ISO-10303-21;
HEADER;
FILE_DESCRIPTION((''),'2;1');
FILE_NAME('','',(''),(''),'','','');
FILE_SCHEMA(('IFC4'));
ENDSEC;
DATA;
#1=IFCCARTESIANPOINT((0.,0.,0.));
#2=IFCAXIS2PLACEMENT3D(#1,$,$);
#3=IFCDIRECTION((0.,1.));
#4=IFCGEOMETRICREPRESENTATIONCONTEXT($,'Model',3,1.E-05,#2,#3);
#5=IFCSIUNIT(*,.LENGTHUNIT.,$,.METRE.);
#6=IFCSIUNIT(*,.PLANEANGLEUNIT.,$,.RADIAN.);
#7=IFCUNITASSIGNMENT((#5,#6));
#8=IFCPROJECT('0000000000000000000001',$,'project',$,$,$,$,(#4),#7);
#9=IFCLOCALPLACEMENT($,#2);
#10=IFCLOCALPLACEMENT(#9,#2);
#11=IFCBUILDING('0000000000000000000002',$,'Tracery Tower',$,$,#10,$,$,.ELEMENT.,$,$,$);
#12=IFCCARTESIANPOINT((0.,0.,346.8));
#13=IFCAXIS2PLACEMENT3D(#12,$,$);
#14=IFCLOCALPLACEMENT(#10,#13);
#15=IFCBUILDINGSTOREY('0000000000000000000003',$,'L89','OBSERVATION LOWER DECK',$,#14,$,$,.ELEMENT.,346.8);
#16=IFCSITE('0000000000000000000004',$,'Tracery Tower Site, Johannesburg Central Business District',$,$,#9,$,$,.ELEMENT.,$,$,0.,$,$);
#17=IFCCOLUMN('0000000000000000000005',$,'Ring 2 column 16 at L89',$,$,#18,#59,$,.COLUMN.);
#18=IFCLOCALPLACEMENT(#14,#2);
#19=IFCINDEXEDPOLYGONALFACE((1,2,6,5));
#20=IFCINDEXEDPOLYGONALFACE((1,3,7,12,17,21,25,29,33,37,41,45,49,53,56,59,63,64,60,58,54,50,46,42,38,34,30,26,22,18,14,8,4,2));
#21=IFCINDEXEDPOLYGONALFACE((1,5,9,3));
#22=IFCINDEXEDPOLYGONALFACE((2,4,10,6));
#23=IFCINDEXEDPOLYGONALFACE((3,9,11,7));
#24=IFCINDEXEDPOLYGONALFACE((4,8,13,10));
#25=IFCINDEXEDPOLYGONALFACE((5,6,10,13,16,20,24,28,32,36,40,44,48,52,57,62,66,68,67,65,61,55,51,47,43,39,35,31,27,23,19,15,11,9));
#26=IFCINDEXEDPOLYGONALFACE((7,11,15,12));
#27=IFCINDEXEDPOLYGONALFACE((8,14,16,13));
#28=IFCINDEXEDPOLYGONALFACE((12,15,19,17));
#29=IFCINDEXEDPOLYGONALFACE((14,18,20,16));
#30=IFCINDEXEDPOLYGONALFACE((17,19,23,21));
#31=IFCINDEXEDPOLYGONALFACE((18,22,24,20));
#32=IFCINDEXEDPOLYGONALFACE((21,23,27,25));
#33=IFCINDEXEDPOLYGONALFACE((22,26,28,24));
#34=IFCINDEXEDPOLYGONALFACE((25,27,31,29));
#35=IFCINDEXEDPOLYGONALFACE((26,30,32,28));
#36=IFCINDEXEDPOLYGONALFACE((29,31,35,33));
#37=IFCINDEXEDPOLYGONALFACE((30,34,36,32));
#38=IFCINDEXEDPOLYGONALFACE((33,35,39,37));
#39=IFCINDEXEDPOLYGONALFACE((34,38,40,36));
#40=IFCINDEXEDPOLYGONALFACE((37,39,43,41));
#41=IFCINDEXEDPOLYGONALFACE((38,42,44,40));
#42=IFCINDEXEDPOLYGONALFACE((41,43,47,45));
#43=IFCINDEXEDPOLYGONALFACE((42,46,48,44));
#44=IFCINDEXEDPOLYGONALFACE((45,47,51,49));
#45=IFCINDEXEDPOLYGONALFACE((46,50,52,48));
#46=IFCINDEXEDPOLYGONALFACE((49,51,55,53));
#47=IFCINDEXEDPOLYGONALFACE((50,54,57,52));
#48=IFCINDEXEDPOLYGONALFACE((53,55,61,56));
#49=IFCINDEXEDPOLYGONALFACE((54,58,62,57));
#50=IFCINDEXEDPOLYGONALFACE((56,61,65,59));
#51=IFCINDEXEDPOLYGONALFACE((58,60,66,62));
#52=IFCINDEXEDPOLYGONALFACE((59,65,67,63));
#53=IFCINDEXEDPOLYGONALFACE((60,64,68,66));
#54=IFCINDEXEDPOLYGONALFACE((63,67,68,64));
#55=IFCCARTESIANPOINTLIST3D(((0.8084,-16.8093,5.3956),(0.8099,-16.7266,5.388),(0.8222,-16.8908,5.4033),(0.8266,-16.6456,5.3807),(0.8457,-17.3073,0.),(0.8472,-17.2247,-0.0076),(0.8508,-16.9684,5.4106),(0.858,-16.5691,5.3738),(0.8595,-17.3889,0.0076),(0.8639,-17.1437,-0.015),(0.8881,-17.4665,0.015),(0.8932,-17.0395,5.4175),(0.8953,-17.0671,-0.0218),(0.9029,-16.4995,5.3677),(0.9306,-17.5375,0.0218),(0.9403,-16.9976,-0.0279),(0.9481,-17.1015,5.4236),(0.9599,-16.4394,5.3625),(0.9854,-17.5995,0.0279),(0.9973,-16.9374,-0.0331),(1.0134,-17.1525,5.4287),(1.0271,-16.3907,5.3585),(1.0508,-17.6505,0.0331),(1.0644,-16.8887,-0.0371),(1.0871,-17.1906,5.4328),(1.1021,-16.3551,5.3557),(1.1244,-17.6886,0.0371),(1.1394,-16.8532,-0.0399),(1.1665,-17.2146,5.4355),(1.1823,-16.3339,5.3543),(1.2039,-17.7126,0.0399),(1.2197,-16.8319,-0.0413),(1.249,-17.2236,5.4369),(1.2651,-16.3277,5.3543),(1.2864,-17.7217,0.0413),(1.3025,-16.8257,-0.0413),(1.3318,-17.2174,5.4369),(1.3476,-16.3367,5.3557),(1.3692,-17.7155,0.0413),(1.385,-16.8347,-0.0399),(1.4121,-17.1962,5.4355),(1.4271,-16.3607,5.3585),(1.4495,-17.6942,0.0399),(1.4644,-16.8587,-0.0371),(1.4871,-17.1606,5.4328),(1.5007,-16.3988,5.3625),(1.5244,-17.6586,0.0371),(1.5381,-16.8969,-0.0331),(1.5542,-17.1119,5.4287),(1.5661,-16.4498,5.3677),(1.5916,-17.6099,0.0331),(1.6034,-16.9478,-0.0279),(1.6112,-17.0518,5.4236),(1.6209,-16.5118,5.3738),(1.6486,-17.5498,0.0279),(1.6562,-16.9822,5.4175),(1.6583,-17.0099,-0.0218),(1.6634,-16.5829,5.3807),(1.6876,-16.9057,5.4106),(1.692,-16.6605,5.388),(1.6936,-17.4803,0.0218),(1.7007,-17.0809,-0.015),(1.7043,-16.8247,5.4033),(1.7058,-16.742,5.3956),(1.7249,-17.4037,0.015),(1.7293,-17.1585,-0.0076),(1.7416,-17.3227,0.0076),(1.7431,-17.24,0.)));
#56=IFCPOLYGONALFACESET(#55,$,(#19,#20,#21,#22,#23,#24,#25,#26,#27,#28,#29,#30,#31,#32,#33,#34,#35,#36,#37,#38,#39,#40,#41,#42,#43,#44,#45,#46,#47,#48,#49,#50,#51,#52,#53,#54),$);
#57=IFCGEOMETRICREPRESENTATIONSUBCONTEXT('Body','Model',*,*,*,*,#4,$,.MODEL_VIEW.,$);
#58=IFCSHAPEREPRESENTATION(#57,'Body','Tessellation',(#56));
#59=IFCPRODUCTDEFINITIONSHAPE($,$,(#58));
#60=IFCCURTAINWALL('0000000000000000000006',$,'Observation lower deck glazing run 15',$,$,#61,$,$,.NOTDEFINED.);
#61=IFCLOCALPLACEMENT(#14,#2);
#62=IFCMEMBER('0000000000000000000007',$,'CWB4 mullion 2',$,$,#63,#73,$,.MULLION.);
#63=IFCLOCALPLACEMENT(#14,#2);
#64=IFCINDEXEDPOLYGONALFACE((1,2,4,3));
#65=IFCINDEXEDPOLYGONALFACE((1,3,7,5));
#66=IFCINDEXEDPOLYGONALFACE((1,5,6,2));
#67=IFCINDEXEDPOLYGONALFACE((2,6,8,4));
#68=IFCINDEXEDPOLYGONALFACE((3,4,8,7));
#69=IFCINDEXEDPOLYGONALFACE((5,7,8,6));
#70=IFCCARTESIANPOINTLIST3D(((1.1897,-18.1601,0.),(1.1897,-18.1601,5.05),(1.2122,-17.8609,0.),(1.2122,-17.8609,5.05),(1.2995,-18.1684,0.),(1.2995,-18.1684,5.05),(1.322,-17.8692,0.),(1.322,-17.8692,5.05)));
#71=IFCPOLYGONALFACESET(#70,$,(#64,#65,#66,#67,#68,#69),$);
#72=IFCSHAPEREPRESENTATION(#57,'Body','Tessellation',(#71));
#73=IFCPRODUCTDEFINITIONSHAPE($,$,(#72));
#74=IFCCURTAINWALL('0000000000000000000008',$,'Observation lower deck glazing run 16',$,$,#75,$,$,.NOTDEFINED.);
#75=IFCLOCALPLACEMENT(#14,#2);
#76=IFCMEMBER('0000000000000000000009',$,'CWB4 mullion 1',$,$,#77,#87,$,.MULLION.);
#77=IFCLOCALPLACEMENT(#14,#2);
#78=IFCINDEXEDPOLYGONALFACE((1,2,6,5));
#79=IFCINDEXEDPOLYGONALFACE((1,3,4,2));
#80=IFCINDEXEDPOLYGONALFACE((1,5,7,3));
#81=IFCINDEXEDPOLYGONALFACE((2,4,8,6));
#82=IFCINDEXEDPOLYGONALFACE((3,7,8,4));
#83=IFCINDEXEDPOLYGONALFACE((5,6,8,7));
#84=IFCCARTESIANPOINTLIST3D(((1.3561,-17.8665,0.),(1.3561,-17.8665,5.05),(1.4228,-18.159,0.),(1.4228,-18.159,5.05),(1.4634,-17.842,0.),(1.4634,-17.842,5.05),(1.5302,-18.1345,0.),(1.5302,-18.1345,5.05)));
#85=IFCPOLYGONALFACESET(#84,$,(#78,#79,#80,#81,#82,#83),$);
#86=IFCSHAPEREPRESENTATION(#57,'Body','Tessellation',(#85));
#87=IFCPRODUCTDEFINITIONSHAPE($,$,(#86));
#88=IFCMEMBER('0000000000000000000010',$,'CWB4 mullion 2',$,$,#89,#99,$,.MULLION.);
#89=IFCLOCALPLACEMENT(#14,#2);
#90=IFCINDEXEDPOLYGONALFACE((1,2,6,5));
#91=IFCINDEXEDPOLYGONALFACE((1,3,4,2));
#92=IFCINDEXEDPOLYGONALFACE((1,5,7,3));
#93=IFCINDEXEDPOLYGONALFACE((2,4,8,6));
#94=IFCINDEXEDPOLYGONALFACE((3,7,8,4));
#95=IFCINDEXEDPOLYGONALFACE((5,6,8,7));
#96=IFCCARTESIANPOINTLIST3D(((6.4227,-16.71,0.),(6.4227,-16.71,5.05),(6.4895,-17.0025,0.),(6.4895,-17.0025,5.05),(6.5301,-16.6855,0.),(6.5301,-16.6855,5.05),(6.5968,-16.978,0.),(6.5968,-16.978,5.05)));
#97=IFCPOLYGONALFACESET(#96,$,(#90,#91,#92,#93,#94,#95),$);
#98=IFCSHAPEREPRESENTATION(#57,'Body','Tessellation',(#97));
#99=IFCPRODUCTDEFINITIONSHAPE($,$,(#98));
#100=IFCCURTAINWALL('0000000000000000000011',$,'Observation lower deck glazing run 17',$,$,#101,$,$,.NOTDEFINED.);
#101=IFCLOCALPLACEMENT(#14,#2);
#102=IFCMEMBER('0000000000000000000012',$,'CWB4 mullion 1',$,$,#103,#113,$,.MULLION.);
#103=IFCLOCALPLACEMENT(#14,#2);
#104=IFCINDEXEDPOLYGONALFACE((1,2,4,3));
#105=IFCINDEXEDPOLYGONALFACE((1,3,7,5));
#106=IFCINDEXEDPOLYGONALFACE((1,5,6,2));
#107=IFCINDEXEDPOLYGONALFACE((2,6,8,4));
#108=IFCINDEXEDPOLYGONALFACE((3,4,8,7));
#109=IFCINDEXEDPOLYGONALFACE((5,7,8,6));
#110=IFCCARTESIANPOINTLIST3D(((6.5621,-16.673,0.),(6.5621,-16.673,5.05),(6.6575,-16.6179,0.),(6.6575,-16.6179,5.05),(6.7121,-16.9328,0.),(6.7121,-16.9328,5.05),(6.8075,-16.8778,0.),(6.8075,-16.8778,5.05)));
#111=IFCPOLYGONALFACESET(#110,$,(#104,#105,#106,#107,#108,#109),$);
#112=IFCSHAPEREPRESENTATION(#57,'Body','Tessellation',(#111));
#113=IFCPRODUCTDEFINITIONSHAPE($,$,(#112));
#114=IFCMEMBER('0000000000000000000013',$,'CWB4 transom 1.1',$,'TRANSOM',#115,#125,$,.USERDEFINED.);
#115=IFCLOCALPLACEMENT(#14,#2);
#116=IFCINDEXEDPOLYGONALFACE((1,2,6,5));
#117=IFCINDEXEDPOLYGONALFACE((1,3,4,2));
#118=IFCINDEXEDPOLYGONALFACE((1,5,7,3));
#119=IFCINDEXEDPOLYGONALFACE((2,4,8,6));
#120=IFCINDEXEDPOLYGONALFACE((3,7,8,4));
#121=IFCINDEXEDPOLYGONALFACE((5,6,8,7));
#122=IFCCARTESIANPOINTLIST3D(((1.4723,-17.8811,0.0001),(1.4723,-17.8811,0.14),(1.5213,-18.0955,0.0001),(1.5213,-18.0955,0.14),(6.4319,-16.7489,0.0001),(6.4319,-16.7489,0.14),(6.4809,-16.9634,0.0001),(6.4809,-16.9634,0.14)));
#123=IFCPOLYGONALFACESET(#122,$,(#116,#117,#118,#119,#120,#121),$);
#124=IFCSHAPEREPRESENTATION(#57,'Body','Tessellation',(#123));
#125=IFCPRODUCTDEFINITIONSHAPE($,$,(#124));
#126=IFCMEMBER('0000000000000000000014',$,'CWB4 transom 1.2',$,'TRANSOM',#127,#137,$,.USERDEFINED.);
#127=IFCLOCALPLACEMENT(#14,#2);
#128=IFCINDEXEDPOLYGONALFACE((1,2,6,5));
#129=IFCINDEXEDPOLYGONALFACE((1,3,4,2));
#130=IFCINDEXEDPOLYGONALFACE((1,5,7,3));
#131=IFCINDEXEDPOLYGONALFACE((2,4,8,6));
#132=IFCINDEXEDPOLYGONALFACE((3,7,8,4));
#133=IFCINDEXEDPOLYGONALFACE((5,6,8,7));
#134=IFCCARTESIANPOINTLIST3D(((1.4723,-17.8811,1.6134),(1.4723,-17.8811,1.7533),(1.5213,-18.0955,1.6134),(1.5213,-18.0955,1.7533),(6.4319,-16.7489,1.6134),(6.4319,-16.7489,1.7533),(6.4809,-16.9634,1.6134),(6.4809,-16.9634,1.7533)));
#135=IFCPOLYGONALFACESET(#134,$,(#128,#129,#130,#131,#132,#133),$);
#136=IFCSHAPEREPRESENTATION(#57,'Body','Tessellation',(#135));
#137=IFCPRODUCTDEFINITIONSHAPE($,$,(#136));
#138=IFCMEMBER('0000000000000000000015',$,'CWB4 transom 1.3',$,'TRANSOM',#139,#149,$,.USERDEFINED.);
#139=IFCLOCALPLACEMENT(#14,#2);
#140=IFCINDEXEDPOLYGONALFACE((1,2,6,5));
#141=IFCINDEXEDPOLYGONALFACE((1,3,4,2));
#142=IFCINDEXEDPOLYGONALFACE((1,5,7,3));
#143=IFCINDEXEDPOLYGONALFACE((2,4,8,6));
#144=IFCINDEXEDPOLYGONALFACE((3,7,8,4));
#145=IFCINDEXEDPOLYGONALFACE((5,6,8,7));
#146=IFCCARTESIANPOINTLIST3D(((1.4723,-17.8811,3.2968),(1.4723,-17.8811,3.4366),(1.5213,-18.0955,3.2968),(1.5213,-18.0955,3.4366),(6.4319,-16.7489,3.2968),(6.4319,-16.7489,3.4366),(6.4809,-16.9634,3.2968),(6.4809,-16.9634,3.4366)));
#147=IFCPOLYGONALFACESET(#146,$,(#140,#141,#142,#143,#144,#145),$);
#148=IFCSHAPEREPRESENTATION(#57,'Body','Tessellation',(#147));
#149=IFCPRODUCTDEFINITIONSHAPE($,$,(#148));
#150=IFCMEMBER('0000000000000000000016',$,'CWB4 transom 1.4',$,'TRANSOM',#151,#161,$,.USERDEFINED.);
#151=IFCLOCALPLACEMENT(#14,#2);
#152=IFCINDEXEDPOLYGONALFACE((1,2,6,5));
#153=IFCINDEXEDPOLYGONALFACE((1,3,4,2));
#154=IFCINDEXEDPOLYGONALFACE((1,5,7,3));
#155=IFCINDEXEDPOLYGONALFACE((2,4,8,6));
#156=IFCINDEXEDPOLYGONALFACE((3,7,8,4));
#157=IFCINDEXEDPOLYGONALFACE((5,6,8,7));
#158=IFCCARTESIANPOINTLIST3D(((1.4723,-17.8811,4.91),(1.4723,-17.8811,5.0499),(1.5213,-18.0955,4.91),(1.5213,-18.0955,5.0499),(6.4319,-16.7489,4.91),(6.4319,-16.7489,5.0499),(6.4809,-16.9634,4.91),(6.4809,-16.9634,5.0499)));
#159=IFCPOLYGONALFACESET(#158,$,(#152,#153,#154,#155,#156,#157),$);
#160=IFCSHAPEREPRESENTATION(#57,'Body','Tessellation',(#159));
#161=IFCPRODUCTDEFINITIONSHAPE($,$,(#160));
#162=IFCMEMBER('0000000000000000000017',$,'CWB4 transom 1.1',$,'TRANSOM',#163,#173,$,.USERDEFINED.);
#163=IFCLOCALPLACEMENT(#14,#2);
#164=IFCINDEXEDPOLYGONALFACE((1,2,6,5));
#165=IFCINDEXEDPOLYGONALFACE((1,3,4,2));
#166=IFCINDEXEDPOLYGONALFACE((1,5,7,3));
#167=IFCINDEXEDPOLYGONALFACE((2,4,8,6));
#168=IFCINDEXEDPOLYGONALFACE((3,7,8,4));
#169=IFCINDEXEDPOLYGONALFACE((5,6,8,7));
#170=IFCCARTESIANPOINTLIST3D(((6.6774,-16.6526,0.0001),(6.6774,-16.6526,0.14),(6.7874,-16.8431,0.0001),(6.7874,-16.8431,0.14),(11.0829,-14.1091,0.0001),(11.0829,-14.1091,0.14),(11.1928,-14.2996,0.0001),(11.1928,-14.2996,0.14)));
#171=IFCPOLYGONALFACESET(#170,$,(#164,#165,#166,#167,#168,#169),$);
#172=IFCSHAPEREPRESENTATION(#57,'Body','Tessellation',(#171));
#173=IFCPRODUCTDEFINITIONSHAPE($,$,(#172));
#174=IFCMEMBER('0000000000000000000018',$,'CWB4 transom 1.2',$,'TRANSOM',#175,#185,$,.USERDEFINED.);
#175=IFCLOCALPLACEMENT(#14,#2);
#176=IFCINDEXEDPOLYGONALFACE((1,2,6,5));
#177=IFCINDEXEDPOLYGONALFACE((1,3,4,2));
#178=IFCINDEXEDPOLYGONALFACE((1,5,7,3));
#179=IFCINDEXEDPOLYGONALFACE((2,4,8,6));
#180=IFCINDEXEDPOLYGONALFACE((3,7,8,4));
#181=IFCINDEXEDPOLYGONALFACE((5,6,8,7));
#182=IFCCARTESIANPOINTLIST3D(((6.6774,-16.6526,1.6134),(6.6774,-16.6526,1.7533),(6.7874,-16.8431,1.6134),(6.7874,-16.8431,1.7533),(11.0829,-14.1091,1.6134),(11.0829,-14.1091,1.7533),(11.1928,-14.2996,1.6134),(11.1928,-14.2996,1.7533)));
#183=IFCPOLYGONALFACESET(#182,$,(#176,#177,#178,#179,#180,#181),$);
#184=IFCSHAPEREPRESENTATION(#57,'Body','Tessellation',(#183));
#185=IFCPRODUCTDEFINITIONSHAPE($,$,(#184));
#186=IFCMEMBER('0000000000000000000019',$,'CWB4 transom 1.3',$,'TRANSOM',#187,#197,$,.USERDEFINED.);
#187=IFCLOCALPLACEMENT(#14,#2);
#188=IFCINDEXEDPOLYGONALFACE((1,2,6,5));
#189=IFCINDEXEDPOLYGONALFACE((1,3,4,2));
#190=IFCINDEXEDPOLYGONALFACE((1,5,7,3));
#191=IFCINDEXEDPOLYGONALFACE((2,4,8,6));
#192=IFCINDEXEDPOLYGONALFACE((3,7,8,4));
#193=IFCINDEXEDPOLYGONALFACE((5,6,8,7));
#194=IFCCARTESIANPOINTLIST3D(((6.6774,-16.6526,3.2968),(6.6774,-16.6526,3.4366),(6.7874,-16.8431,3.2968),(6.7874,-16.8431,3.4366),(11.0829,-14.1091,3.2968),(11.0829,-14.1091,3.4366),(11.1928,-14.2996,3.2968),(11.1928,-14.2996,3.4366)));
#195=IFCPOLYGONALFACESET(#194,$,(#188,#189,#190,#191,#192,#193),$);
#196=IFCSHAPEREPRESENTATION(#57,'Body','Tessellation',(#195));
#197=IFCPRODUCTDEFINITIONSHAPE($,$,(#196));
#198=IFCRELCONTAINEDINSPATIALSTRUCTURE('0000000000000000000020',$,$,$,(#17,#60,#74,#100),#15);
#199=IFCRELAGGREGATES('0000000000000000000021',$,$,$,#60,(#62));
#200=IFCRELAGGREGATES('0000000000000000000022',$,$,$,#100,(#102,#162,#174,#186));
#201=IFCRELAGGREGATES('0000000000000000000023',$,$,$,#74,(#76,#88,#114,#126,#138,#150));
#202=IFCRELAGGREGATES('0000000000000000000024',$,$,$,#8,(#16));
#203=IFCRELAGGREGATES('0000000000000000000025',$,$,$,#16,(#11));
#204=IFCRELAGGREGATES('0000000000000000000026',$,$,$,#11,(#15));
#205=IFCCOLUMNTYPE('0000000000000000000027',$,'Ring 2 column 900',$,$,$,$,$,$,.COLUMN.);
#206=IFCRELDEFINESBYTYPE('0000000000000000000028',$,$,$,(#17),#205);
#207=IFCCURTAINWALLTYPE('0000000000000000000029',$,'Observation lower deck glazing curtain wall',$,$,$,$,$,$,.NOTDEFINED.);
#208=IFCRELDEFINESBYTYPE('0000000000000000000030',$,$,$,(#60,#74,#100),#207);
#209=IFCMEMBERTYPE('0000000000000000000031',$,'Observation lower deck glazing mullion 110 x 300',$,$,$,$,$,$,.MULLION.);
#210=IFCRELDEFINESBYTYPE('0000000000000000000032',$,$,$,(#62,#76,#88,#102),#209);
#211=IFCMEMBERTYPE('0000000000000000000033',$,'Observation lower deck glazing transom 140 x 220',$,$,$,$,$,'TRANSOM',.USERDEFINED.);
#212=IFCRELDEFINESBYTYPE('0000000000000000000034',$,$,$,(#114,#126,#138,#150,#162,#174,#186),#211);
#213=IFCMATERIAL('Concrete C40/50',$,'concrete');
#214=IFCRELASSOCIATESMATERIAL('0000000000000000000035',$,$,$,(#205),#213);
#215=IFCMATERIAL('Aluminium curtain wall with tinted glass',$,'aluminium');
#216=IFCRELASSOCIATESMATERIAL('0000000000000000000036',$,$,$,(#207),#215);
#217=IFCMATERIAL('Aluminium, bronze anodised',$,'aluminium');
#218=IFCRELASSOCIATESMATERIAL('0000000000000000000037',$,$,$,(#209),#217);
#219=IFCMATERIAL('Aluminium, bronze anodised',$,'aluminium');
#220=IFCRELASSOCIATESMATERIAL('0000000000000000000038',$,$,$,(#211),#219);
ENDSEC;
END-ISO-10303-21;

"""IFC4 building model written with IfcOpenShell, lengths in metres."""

from ifc_helpers import new_model, si_unit, direction, frame, origin, origin_2d, place, context, subcontext, project, spatial, rectangle, circle, extrude, material, material_profile, profile_set, type_object, element, aggregate, save


model = new_model("IFC4")

# Units and contexts
model_context = context("Model", 3, precision=1e-05, world=origin(), true_north=direction((0.0, 1.0)))
body_context = subcontext(model_context, "Body", "Model", "MODEL_VIEW")
ifc_project = project(units=[si_unit("LENGTHUNIT", "METRE"), si_unit("PLANEANGLEUNIT", "RADIAN")], contexts=[model_context])

# Site, building, storey
site_placement = place(None, origin())
site = spatial("IfcSite", under=ifc_project, at=site_placement, Name="Tracery Tower Site, Johannesburg Central Business District", CompositionType="ELEMENT", RefElevation=0.0)
building_placement = place(site_placement, origin())
building = spatial("IfcBuilding", under=site, at=building_placement, Name="Tracery Tower", CompositionType="ELEMENT")
storey_placement = place(building_placement, frame((0.0, 0.0, 346.8)))
storey = spatial("IfcBuildingStorey", under=building, at=storey_placement, Name="L89", Description="OBSERVATION LOWER DECK", CompositionType="ELEMENT", Elevation=346.8)

# Column
ifc_material_1 = material(Name="Concrete C40/50", Category="concrete")
ifc_material_profile_1 = material_profile(ifc_material_1, circle(Radius=0.45, at=origin_2d()), Name="RC D900")
ifc_profile_set_1 = profile_set([ifc_material_profile_1], Name="Concrete C40/50")
column_type = type_object("IfcColumnType", Name="Ring 2 column 900", PredefinedType="COLUMN", material=ifc_profile_set_1)
column_placement = place(storey_placement, frame((1.2944, -17.2737, 0.0), z_axis=(-0.006893, 0.091911, 0.995743), x_axis=(-0.997199, -0.07479, 0.0)))
element("IfcColumn", 1, at=column_placement, inside=storey, type_object=column_type, Name="Ring 2 column 16 at L89", PredefinedType="COLUMN", context=body_context, shape_type="SweptSolid", body=[
    extrude(circle(Radius=0.45, at=origin_2d()), origin(), (0.0, 0.0, 1.0), 5.4187),
])

# Curtain wall, member
ifc_material_2 = material(Name="Aluminium curtain wall with tinted glass", Category="aluminium")
curtain_wall_type = type_object("IfcCurtainWallType", Name="Observation lower deck glazing curtain wall", PredefinedType="NOTDEFINED", material=ifc_material_2)
curtain_wall_1_placement = place(storey_placement, origin())
curtain_wall_1 = element("IfcCurtainWall", 2, at=curtain_wall_1_placement, inside=storey, type_object=curtain_wall_type, Name="Observation lower deck glazing run 15", PredefinedType="NOTDEFINED")
ifc_material_3 = material(Name="Aluminium, bronze anodised", Category="aluminium")
ifc_material_profile_2 = material_profile(ifc_material_3, rectangle(XDim=0.3, YDim=0.1101, at=origin_2d()), Name="Observation lower deck glazing mullion 110 x 300")
ifc_profile_set_2 = profile_set([ifc_material_profile_2], Name="Aluminium, bronze anodised")
member_type_1 = type_object("IfcMemberType", Name="Observation lower deck glazing mullion 110 x 300", PredefinedType="MULLION", material=ifc_profile_set_2)
member_1_placement = place(storey_placement, frame((1.2559, -18.0146, 0.0), z_axis=(0.0, 0.0, 1.0), x_axis=(0.074731, 0.997204, 0.0)))
member_1 = element("IfcMember", 3, at=member_1_placement, type_object=member_type_1, Name="CWB4 mullion 2", PredefinedType="MULLION", context=body_context, shape_type="SweptSolid", body=[
    extrude(rectangle(XDim=0.3, YDim=0.1101, at=origin_2d()), origin(), (0.0, 0.0, 1.0), 5.05),
])
aggregate(curtain_wall_1, [member_1])

# Curtain wall, members
curtain_wall_2_placement = place(storey_placement, origin())
curtain_wall_2 = element("IfcCurtainWall", 4, at=curtain_wall_2_placement, inside=storey, type_object=curtain_wall_type, Name="Observation lower deck glazing run 16", PredefinedType="NOTDEFINED")
member_2_placement = place(storey_placement, frame((1.4431, -18.0005, 0.0), z_axis=(0.0, 0.0, 1.0), x_axis=(-0.222533, 0.974925, 0.0)))
member_2 = element("IfcMember", 5, at=member_2_placement, type_object=member_type_1, Name="CWB4 mullion 1", PredefinedType="MULLION", context=body_context, shape_type="SweptSolid", body=[
    extrude(rectangle(XDim=0.3, YDim=0.1101, at=origin_2d()), origin(), (0.0, 0.0, 1.0), 5.05),
])
member_3_placement = place(storey_placement, frame((6.5098, -16.844, 0.0), z_axis=(0.0, 0.0, 1.0), x_axis=(-0.222533, 0.974925, 0.0)))
member_3 = element("IfcMember", 6, at=member_3_placement, type_object=member_type_1, Name="CWB4 mullion 2", PredefinedType="MULLION", context=body_context, shape_type="SweptSolid", body=[
    extrude(rectangle(XDim=0.3, YDim=0.1101, at=origin_2d()), origin(), (0.0, 0.0, 1.0), 5.05),
])

# Curtain wall, member
curtain_wall_3_placement = place(storey_placement, origin())
curtain_wall_3 = element("IfcCurtainWall", 7, at=curtain_wall_3_placement, inside=storey, type_object=curtain_wall_type, Name="Observation lower deck glazing run 17", PredefinedType="NOTDEFINED")
member_4_placement = place(storey_placement, frame((6.6848, -16.7754, 0.0), z_axis=(0.0, 0.0, 1.0), x_axis=(-0.5, 0.866026, 0.0)))
member_4 = element("IfcMember", 8, at=member_4_placement, type_object=member_type_1, Name="CWB4 mullion 1", PredefinedType="MULLION", context=body_context, shape_type="SweptSolid", body=[
    extrude(rectangle(XDim=0.3, YDim=0.1101, at=origin_2d()), origin(), (0.0, 0.0, 1.0), 5.05),
])

# Members
ifc_material_4 = material(Name="Aluminium, bronze anodised", Category="aluminium")
ifc_material_profile_3 = material_profile(ifc_material_4, rectangle(XDim=0.22, YDim=0.1399, at=origin_2d()), Name="Observation lower deck glazing transom 140 x 220")
ifc_profile_set_3 = profile_set([ifc_material_profile_3], Name="Aluminium, bronze anodised")
member_type_2 = type_object("IfcMemberType", Name="Observation lower deck glazing transom 140 x 220", ElementType="TRANSOM", PredefinedType="USERDEFINED", material=ifc_profile_set_3)
member_5_placement = place(storey_placement, frame((1.4968, -17.9883, 0.0701), z_axis=(0.974923, 0.222542, 0.0), x_axis=(-0.222542, 0.974923, 0.0)))
member_5 = element("IfcMember", 9, at=member_5_placement, type_object=member_type_2, Name="CWB4 transom 1.1", ObjectType="TRANSOM", PredefinedType="USERDEFINED", context=body_context, shape_type="SweptSolid", body=[
    extrude(rectangle(XDim=0.22, YDim=0.1399, at=origin_2d()), origin(), (0.0, 0.0, 1.0), 5.0872),
])
member_6_placement = place(storey_placement, frame((1.4968, -17.9883, 1.6833), z_axis=(0.974923, 0.222542, 0.0), x_axis=(-0.222542, 0.974923, 0.0)))
member_6 = element("IfcMember", 10, at=member_6_placement, type_object=member_type_2, Name="CWB4 transom 1.2", ObjectType="TRANSOM", PredefinedType="USERDEFINED", context=body_context, shape_type="SweptSolid", body=[
    extrude(rectangle(XDim=0.22, YDim=0.1399, at=origin_2d()), origin(), (0.0, 0.0, 1.0), 5.0872),
])
member_7_placement = place(storey_placement, frame((1.4968, -17.9883, 3.3667), z_axis=(0.974923, 0.222542, 0.0), x_axis=(-0.222542, 0.974923, 0.0)))
member_7 = element("IfcMember", 11, at=member_7_placement, type_object=member_type_2, Name="CWB4 transom 1.3", ObjectType="TRANSOM", PredefinedType="USERDEFINED", context=body_context, shape_type="SweptSolid", body=[
    extrude(rectangle(XDim=0.22, YDim=0.1399, at=origin_2d()), origin(), (0.0, 0.0, 1.0), 5.0872),
])
member_8_placement = place(storey_placement, frame((1.4968, -17.9883, 4.98), z_axis=(0.974923, 0.222542, 0.0), x_axis=(-0.222542, 0.974923, 0.0)))
member_8 = element("IfcMember", 12, at=member_8_placement, type_object=member_type_2, Name="CWB4 transom 1.4", ObjectType="TRANSOM", PredefinedType="USERDEFINED", context=body_context, shape_type="SweptSolid", body=[
    extrude(rectangle(XDim=0.22, YDim=0.1399, at=origin_2d()), origin(), (0.0, 0.0, 1.0), 5.0872),
])
member_9_placement = place(storey_placement, frame((6.7324, -16.7478, 0.0701), z_axis=(0.866031, 0.49999, 0.0), x_axis=(-0.49999, 0.866031, 0.0)))
member_9 = element("IfcMember", 13, at=member_9_placement, type_object=member_type_2, Name="CWB4 transom 1.1", ObjectType="TRANSOM", PredefinedType="USERDEFINED", context=body_context, shape_type="SweptSolid", body=[
    extrude(rectangle(XDim=0.22, YDim=0.1399, at=origin_2d()), origin(), (0.0, 0.0, 1.0), 5.0869),
])
member_10_placement = place(storey_placement, frame((6.7324, -16.7478, 1.6833), z_axis=(0.866031, 0.49999, 0.0), x_axis=(-0.49999, 0.866031, 0.0)))
member_10 = element("IfcMember", 14, at=member_10_placement, type_object=member_type_2, Name="CWB4 transom 1.2", ObjectType="TRANSOM", PredefinedType="USERDEFINED", context=body_context, shape_type="SweptSolid", body=[
    extrude(rectangle(XDim=0.22, YDim=0.1399, at=origin_2d()), origin(), (0.0, 0.0, 1.0), 5.0869),
])
member_11_placement = place(storey_placement, frame((6.7324, -16.7478, 3.3667), z_axis=(0.866031, 0.49999, 0.0), x_axis=(-0.49999, 0.866031, 0.0)))
member_11 = element("IfcMember", 15, at=member_11_placement, type_object=member_type_2, Name="CWB4 transom 1.3", ObjectType="TRANSOM", PredefinedType="USERDEFINED", context=body_context, shape_type="SweptSolid", body=[
    extrude(rectangle(XDim=0.22, YDim=0.1399, at=origin_2d()), origin(), (0.0, 0.0, 1.0), 5.0869),
])
aggregate(curtain_wall_3, [member_4, member_9, member_10, member_11])

aggregate(curtain_wall_2, [member_2, member_3, member_5, member_6, member_7, member_8])

save(model, "model.ifc")
